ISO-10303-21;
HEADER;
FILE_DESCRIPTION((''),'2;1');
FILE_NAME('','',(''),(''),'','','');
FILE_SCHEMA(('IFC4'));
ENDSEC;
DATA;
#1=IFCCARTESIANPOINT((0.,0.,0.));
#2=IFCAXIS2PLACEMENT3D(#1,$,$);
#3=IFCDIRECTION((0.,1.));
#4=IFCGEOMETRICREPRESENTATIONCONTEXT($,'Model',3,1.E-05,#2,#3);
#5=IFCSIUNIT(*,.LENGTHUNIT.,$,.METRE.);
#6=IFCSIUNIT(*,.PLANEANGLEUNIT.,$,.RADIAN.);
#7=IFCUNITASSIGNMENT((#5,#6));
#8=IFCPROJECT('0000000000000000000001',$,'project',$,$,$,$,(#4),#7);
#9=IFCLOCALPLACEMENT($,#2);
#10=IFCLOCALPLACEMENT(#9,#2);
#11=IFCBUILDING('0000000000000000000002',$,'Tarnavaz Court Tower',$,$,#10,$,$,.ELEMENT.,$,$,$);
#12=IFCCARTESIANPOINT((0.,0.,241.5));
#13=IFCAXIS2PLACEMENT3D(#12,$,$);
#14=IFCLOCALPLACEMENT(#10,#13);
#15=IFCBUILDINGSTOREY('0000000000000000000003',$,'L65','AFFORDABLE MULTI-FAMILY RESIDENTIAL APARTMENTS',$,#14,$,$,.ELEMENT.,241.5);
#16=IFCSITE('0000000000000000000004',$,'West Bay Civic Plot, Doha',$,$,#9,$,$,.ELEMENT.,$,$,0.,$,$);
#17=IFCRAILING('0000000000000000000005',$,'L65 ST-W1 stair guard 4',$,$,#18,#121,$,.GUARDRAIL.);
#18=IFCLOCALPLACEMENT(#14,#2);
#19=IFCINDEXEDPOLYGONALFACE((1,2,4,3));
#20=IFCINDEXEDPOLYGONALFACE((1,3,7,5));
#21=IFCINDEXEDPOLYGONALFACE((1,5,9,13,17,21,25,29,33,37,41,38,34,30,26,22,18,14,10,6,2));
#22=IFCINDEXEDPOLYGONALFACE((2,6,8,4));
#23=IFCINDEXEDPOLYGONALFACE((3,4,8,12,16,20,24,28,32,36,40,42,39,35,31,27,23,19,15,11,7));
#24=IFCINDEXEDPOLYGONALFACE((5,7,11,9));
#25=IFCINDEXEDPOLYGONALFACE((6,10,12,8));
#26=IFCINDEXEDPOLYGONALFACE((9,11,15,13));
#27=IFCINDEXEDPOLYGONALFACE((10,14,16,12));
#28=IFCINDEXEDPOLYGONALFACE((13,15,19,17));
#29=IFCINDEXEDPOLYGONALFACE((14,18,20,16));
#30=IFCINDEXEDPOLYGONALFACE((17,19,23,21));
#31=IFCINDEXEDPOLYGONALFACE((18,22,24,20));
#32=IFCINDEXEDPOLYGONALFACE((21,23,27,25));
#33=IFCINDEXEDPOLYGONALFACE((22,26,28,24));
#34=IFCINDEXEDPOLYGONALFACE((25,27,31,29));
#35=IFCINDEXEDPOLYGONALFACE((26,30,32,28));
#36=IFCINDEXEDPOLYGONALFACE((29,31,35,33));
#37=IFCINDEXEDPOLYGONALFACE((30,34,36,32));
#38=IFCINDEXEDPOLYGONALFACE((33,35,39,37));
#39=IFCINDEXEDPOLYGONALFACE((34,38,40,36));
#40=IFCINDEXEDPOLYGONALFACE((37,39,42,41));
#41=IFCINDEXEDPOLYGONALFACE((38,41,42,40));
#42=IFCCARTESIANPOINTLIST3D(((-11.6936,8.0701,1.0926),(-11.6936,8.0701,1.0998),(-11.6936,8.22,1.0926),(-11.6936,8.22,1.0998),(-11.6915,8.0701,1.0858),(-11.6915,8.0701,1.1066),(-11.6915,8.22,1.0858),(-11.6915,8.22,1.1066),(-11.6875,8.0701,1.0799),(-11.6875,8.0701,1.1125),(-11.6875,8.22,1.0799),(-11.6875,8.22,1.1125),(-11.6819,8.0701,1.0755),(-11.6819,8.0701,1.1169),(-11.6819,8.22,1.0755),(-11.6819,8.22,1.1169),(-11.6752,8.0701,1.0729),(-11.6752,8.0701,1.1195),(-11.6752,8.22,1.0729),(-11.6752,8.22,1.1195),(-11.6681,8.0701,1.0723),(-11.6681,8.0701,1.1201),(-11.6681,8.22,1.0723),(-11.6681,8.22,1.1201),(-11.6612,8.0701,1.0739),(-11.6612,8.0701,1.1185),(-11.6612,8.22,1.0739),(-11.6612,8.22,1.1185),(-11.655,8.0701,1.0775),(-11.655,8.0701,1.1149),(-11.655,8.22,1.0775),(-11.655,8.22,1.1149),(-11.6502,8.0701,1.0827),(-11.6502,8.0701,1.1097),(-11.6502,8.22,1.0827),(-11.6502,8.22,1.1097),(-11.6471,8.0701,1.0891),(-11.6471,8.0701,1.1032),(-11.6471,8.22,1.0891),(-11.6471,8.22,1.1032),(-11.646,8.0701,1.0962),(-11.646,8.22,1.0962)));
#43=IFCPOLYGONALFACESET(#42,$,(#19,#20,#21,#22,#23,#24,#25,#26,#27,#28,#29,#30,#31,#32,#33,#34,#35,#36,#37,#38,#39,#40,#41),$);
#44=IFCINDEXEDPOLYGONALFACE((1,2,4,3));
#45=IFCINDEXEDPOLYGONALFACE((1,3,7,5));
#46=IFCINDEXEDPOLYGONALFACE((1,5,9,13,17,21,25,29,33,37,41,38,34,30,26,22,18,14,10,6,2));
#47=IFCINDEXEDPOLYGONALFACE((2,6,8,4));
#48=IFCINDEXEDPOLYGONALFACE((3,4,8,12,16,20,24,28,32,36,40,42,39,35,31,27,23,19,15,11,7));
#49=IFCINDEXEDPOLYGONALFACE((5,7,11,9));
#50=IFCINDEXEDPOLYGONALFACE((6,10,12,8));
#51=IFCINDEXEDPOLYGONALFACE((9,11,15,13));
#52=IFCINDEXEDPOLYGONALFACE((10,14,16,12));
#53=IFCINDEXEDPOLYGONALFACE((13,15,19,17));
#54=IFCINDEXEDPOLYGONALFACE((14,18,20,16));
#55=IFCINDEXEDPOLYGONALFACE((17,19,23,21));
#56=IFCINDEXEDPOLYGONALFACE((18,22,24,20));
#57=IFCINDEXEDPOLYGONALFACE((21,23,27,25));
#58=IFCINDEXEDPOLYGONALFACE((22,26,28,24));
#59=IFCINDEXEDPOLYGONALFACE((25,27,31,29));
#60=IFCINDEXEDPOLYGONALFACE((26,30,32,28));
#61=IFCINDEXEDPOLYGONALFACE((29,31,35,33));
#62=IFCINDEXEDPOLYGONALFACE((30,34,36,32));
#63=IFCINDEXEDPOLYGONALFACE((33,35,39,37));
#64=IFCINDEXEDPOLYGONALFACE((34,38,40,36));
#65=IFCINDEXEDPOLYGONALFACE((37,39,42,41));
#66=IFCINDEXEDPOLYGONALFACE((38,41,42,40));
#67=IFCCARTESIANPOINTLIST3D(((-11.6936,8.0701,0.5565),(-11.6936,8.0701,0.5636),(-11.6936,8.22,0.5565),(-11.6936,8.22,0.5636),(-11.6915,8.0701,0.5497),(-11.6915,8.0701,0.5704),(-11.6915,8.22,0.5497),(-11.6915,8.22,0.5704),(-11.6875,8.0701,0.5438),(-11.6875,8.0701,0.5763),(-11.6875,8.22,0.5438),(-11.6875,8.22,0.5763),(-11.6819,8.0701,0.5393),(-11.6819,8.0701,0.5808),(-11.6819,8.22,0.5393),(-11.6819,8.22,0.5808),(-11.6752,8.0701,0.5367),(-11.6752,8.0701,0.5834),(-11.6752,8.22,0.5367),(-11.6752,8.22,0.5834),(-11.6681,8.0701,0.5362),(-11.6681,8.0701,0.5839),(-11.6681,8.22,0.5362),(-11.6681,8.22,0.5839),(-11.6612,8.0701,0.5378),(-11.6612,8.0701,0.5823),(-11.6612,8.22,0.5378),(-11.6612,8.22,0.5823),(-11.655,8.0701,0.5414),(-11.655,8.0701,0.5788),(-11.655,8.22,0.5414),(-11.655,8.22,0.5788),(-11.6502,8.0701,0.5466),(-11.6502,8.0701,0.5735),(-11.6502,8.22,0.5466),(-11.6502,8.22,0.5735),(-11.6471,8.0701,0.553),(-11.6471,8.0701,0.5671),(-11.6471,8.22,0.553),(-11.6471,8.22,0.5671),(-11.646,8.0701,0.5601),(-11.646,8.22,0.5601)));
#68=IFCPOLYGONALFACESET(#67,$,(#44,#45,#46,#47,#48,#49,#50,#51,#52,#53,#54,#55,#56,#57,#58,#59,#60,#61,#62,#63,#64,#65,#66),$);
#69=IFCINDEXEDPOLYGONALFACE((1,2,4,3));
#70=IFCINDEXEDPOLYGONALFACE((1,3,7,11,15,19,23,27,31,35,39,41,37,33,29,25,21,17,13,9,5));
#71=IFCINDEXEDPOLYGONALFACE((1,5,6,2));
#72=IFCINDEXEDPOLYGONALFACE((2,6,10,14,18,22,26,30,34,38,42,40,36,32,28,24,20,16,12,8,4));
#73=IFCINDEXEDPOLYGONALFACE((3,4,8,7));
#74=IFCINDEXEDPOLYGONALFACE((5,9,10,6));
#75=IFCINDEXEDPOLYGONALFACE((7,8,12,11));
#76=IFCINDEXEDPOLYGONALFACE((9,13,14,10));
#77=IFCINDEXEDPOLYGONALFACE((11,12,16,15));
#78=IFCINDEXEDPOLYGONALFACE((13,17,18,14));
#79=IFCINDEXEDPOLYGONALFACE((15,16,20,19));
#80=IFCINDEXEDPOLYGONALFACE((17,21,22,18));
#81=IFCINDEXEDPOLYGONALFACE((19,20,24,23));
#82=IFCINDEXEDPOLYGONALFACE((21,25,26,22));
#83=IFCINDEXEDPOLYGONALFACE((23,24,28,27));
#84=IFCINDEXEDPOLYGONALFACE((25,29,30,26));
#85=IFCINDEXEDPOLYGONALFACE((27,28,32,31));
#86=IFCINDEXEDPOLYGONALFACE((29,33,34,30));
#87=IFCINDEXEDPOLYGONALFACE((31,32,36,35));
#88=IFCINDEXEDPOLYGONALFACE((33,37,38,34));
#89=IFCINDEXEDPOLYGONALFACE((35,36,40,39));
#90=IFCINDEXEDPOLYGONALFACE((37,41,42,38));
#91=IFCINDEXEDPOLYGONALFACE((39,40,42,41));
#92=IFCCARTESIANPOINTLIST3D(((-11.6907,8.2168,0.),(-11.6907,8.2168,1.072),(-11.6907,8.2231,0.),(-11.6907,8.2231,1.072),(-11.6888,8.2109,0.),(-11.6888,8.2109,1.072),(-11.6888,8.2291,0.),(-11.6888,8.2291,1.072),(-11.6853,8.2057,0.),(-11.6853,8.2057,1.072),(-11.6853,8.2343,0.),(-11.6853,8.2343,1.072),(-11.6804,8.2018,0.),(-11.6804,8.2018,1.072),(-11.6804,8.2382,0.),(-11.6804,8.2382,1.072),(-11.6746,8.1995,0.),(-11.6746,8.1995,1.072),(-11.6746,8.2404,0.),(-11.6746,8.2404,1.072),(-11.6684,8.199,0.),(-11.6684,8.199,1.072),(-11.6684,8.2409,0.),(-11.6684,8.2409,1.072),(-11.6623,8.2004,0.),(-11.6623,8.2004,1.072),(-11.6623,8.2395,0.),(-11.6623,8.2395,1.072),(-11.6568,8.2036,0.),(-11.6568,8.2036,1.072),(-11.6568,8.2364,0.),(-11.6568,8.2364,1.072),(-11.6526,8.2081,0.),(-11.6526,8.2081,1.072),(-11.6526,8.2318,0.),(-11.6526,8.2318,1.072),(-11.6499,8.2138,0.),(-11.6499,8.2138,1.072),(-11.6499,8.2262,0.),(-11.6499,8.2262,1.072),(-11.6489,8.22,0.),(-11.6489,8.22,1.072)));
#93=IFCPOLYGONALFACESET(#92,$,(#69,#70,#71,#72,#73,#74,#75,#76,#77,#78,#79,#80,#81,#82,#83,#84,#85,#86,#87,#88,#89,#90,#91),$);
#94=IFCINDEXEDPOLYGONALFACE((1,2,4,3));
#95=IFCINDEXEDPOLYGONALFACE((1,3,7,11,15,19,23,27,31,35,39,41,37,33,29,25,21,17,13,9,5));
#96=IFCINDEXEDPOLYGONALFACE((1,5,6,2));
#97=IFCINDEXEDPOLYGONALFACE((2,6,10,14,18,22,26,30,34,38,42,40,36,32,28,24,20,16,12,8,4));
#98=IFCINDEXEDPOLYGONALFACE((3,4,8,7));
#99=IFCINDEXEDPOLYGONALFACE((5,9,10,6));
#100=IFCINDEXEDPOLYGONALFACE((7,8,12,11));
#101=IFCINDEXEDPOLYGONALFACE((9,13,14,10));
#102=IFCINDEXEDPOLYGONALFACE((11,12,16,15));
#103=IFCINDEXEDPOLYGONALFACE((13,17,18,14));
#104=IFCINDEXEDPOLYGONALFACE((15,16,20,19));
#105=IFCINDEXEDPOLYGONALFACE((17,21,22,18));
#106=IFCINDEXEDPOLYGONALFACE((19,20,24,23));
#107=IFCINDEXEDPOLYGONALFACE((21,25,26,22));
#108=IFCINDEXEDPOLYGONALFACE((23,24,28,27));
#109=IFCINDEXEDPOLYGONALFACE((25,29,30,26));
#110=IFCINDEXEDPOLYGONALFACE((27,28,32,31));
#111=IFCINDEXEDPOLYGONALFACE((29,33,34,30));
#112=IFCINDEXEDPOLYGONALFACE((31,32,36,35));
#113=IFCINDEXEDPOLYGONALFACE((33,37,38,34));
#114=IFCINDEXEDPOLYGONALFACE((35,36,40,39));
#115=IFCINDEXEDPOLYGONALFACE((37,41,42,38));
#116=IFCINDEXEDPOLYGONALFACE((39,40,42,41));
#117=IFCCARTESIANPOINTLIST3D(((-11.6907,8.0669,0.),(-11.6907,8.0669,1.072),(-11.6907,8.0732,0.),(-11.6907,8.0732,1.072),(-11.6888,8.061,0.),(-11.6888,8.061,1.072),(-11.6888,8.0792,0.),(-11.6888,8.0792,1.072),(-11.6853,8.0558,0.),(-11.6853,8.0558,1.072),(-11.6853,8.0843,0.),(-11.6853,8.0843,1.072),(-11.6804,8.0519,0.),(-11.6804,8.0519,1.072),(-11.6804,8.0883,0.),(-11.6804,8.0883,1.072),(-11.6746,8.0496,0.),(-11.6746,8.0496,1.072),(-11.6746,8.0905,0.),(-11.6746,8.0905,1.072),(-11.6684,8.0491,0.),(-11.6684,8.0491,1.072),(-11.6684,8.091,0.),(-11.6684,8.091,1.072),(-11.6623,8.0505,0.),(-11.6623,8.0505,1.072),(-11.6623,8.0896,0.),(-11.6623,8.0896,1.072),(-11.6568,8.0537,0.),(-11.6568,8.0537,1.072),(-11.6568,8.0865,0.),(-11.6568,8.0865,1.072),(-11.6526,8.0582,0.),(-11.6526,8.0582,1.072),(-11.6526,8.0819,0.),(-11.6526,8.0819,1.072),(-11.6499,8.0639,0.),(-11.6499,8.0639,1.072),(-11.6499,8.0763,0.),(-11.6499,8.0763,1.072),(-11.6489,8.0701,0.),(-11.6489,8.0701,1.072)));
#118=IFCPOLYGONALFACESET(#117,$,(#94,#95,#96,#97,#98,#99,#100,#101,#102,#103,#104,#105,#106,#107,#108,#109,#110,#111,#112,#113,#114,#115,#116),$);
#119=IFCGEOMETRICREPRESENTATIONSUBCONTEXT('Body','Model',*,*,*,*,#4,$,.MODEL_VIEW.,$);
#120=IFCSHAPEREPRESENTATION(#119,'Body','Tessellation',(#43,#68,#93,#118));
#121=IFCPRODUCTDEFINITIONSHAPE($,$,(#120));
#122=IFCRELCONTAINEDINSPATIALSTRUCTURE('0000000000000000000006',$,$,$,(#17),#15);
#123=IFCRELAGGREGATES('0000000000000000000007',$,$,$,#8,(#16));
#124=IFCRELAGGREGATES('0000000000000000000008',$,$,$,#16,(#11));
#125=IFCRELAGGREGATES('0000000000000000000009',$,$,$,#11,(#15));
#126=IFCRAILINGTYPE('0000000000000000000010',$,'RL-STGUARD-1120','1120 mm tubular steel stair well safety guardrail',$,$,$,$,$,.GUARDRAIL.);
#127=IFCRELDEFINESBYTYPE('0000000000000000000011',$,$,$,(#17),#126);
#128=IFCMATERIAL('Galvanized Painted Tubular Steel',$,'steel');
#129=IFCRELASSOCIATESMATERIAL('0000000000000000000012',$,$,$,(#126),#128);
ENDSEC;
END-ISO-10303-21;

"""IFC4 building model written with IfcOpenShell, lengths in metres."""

from ifc_helpers import new_model, si_unit, direction, frame, origin, origin_2d, place, context, subcontext, project, spatial, circle, extrude, material, type_object, element, save


model = new_model("IFC4")

# Units and contexts
model_context = context("Model", 3, precision=1e-05, world=origin(), true_north=direction((0.0, 1.0)))
body_context = subcontext(model_context, "Body", "Model", "MODEL_VIEW")
ifc_project = project(units=[si_unit("LENGTHUNIT", "METRE"), si_unit("PLANEANGLEUNIT", "RADIAN")], contexts=[model_context])

# Site, building, storey
site_placement = place(None, origin())
site = spatial("IfcSite", under=ifc_project, at=site_placement, Name="West Bay Civic Plot, Doha", CompositionType="ELEMENT", RefElevation=0.0)
building_placement = place(site_placement, origin())
building = spatial("IfcBuilding", under=site, at=building_placement, Name="Tarnavaz Court Tower", CompositionType="ELEMENT")
storey_placement = place(building_placement, frame((0.0, 0.0, 241.5)))
storey = spatial("IfcBuildingStorey", under=building, at=storey_placement, Name="L65", Description="AFFORDABLE MULTI-FAMILY RESIDENTIAL APARTMENTS", CompositionType="ELEMENT", Elevation=241.5)

# Railing
ifc_material_1 = material(Name="Galvanized Painted Tubular Steel", Category="steel")
railing_type_1 = type_object("IfcRailingType", Name="RL-STGUARD-1120", Description="1120 mm tubular steel stair well safety guardrail", PredefinedType="GUARDRAIL", material=ifc_material_1)
railing_1_placement = place(storey_placement, frame((-11.6699, 8.22, 0.0)))
element("IfcRailing", 1, at=railing_1_placement, inside=storey, type_object=railing_type_1, Name="L65 ST-W1 stair guard 4", PredefinedType="GUARDRAIL", context=body_context, shape_type="SweptSolid", body=[
    extrude(circle(Radius=0.0239, at=origin_2d()), frame((0.0, 0.0, 1.0962), z_axis=(0.0, -1.0, 0.0), x_axis=(1.0, 0.0, 0.0)), (0.0, 0.0, 1.0), 0.1499),
    extrude(circle(Radius=0.0239, at=origin_2d()), frame((0.0, 0.0, 0.5601), z_axis=(0.0, -1.0, 0.0), x_axis=(1.0, 0.0, 0.0)), (0.0, 0.0, 1.0), 0.1499),
    extrude(circle(Radius=0.021, at=origin_2d()), origin(), (0.0, 0.0, 1.0), 1.072),
    extrude(circle(Radius=0.021, at=origin_2d()), frame((0.0, -0.1499, 0.0)), (0.0, 0.0, 1.0), 1.072),
])

save(model, "model.ifc")
